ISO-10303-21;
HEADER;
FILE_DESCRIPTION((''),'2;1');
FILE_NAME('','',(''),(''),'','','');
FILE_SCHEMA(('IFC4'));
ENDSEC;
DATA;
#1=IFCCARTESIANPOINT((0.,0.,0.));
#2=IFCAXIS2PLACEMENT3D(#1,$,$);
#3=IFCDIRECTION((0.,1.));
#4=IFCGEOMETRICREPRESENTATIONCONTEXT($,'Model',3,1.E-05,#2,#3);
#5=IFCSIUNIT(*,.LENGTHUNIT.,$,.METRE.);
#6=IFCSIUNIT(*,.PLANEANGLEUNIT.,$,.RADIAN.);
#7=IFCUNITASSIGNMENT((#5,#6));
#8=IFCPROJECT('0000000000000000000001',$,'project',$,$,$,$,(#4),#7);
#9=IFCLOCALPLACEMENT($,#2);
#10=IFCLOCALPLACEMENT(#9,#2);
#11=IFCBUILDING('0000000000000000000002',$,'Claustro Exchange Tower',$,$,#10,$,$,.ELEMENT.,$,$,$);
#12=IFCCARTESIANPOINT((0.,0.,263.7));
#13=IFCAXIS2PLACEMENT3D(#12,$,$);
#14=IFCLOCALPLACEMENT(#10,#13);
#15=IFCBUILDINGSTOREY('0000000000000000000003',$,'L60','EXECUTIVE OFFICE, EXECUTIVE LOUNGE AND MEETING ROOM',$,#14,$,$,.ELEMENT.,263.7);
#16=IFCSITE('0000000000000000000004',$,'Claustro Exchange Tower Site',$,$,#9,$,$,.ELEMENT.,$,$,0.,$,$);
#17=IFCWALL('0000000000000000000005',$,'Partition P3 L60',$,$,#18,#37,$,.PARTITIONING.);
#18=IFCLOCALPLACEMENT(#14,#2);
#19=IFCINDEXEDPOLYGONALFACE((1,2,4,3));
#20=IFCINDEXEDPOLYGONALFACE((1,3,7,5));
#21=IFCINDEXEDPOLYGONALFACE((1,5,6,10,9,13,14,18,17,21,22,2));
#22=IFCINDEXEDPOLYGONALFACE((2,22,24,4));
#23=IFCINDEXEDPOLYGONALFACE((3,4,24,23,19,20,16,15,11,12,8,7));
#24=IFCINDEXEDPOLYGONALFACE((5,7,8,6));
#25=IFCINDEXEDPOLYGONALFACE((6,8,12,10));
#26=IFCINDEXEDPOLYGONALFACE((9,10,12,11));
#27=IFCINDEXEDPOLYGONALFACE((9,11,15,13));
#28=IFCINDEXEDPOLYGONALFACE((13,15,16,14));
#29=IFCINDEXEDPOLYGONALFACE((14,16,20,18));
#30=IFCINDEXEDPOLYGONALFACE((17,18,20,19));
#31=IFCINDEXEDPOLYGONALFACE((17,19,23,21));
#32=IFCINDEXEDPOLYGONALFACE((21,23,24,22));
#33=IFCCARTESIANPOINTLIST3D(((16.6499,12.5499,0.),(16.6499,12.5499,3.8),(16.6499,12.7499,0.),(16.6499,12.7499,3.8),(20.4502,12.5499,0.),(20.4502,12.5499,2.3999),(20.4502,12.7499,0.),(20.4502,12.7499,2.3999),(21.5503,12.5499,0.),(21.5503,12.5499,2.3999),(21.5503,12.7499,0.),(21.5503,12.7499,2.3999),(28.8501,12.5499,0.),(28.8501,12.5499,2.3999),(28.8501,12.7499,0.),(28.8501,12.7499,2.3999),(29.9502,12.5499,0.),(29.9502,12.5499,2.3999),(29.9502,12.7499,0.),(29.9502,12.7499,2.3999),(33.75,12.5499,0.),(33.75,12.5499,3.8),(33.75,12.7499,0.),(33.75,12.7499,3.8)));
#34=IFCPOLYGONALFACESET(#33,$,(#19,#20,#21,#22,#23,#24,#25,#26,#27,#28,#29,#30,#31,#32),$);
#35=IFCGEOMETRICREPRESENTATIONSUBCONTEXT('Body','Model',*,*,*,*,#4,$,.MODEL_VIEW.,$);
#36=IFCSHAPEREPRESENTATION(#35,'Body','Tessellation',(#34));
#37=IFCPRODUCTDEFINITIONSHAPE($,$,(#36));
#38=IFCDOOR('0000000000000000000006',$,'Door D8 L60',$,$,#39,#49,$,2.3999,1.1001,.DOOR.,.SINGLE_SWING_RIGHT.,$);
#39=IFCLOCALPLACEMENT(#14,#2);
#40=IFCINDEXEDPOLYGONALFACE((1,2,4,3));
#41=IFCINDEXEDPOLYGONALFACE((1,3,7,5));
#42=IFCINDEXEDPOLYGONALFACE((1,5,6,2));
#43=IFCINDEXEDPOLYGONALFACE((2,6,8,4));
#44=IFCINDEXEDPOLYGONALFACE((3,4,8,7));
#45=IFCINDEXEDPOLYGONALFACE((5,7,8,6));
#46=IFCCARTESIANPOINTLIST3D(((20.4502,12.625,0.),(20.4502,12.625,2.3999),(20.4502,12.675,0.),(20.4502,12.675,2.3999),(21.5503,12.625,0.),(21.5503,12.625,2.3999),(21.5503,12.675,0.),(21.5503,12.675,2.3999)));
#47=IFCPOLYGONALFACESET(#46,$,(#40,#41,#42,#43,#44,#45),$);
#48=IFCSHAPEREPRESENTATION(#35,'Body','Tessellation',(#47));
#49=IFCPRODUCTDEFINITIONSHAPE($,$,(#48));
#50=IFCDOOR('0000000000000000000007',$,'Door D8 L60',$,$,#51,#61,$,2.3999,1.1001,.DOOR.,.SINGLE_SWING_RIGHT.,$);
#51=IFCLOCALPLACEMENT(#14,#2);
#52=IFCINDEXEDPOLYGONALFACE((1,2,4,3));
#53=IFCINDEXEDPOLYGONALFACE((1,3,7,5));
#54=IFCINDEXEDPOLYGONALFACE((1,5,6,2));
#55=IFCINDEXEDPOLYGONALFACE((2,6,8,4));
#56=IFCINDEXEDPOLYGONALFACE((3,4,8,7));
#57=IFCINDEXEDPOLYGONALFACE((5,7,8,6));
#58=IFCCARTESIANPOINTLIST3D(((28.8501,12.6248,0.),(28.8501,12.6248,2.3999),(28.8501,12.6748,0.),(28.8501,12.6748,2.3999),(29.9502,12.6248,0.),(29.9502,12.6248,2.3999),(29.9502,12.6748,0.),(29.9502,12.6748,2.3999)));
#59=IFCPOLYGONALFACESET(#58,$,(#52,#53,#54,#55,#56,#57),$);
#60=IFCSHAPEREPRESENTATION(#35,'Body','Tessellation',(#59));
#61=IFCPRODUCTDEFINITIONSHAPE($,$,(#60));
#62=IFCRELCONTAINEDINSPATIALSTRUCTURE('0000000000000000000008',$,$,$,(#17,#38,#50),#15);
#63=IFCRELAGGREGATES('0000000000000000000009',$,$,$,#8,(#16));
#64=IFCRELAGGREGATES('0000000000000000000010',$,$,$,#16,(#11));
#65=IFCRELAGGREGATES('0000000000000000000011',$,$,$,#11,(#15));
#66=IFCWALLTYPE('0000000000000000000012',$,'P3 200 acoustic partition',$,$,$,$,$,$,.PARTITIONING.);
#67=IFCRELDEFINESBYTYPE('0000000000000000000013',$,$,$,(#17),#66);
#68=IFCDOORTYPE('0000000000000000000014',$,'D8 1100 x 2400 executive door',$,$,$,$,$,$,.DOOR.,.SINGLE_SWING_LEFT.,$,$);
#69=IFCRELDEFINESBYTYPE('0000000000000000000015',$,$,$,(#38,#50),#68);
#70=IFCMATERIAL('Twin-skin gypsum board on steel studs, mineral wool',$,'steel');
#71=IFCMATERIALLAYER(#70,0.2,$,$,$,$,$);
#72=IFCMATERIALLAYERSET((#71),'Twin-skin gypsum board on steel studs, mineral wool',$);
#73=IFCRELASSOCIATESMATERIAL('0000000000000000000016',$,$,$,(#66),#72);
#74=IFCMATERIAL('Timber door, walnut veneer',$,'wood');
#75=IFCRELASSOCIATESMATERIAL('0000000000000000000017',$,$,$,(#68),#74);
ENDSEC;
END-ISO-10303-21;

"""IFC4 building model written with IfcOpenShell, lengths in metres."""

from ifc_helpers import new_model, si_unit, direction, frame, frame_2d, origin, place, context, subcontext, project, spatial, rectangle, extrude, material, layer, layer_set, type_object, element, fill, save


model = new_model("IFC4")

# Units and contexts
model_context = context("Model", 3, precision=1e-05, world=origin(), true_north=direction((0.0, 1.0)))
body_context = subcontext(model_context, "Body", "Model", "MODEL_VIEW")
ifc_project = project(units=[si_unit("LENGTHUNIT", "METRE"), si_unit("PLANEANGLEUNIT", "RADIAN")], contexts=[model_context])

# Site, building, storey
site_placement = place(None, origin())
site = spatial("IfcSite", under=ifc_project, at=site_placement, Name="Claustro Exchange Tower Site", CompositionType="ELEMENT", RefElevation=0.0)
building_placement = place(site_placement, origin())
building = spatial("IfcBuilding", under=site, at=building_placement, Name="Claustro Exchange Tower", CompositionType="ELEMENT")
storey_placement = place(building_placement, frame((0.0, 0.0, 263.7)))
storey = spatial("IfcBuildingStorey", under=building, at=storey_placement, Name="L60", Description="EXECUTIVE OFFICE, EXECUTIVE LOUNGE AND MEETING ROOM", CompositionType="ELEMENT", Elevation=263.7)

# Wall, openings, doors
ifc_material_1 = material(Name="Twin-skin gypsum board on steel studs, mineral wool", Category="steel")
ifc_layer_1 = layer(ifc_material_1, 0.2)
ifc_layer_set_1 = layer_set([ifc_layer_1], Name="Twin-skin gypsum board on steel studs, mineral wool")
wall_type_1 = type_object("IfcWallType", Name="P3 200 acoustic partition", PredefinedType="PARTITIONING", material=ifc_layer_set_1)
ifc_material_2 = material(Name="Timber door, walnut veneer", Category="wood")
door_type_1 = type_object("IfcDoorType", Name="D8 1100 x 2400 executive door", OperationType="SINGLE_SWING_LEFT", PredefinedType="DOOR", material=ifc_material_2)
wall_1_placement = place(storey_placement, frame((16.6499, 12.6499, 0.0), z_axis=(0.0, 0.0, 1.0), x_axis=(1.0, 0.0, 0.0)))
wall_1 = element("IfcWall", 1, at=wall_1_placement, inside=storey, type_object=wall_type_1, Name="Partition P3 L60", PredefinedType="PARTITIONING", context=body_context, shape_type="SweptSolid", body=[
    extrude(rectangle(XDim=17.1001, YDim=0.2, at=frame_2d((8.55, 0.0))), origin(), (0.0, 0.0, 1.0), 3.8),
])
opening_1_placement = place(wall_1_placement, frame((3.8003, 0.0, 0.0)))
opening_1 = element("IfcOpeningElement", 2, at=opening_1_placement, cuts=wall_1, PredefinedType="OPENING", context=body_context, shape_type="SweptSolid", body=[
    extrude(rectangle(XDim=1.1001, YDim=2.3999, at=frame_2d((0.55, 1.2))), frame((0.0, 0.1099, 0.0), z_axis=(0.0, -1.0, 0.0), x_axis=(1.0, 0.0, 0.0)), (0.0, 0.0, 1.0), 0.22),
])
opening_2_placement = place(wall_1_placement, frame((12.2002, 0.0, 0.0)))
opening_2 = element("IfcOpeningElement", 3, at=opening_2_placement, cuts=wall_1, PredefinedType="OPENING", context=body_context, shape_type="SweptSolid", body=[
    extrude(rectangle(XDim=1.1001, YDim=2.3999, at=frame_2d((0.55, 1.2))), frame((0.0, 0.1099, 0.0), z_axis=(0.0, -1.0, 0.0), x_axis=(1.0, 0.0, 0.0)), (0.0, 0.0, 1.0), 0.22),
])
door_1_placement = place(opening_1_placement, frame((1.1001, 0.0, 0.0), z_axis=(0.0, 0.0, 1.0), x_axis=(-1.0, 0.0, 0.0)))
door_1 = element("IfcDoor", 4, at=door_1_placement, inside=storey, type_object=door_type_1, Name="Door D8 L60", OperationType="SINGLE_SWING_RIGHT", OverallHeight=2.3999, OverallWidth=1.1001, PredefinedType="DOOR", context=body_context, shape_type="SweptSolid", body=[
    extrude(rectangle(XDim=1.1001, YDim=2.3999, at=frame_2d((0.55, 1.2))), frame((0.0, 0.0249, 0.0), z_axis=(0.0, -1.0, 0.0), x_axis=(1.0, 0.0, 0.0)), (0.0, 0.0, 1.0), 0.05),
])
fill(opening_1, door_1)
door_2_placement = place(opening_2_placement, origin())
door_2 = element("IfcDoor", 5, at=door_2_placement, inside=storey, type_object=door_type_1, Name="Door D8 L60", OperationType="SINGLE_SWING_RIGHT", OverallHeight=2.3999, OverallWidth=1.1001, PredefinedType="DOOR", context=body_context, shape_type="SweptSolid", body=[
    extrude(rectangle(XDim=1.1001, YDim=2.3999, at=frame_2d((0.55, 1.2))), frame((0.0, 0.0249, 0.0), z_axis=(0.0, -1.0, 0.0), x_axis=(1.0, 0.0, 0.0)), (0.0, 0.0, 1.0), 0.05),
])
fill(opening_2, door_2)

save(model, "model.ifc")
